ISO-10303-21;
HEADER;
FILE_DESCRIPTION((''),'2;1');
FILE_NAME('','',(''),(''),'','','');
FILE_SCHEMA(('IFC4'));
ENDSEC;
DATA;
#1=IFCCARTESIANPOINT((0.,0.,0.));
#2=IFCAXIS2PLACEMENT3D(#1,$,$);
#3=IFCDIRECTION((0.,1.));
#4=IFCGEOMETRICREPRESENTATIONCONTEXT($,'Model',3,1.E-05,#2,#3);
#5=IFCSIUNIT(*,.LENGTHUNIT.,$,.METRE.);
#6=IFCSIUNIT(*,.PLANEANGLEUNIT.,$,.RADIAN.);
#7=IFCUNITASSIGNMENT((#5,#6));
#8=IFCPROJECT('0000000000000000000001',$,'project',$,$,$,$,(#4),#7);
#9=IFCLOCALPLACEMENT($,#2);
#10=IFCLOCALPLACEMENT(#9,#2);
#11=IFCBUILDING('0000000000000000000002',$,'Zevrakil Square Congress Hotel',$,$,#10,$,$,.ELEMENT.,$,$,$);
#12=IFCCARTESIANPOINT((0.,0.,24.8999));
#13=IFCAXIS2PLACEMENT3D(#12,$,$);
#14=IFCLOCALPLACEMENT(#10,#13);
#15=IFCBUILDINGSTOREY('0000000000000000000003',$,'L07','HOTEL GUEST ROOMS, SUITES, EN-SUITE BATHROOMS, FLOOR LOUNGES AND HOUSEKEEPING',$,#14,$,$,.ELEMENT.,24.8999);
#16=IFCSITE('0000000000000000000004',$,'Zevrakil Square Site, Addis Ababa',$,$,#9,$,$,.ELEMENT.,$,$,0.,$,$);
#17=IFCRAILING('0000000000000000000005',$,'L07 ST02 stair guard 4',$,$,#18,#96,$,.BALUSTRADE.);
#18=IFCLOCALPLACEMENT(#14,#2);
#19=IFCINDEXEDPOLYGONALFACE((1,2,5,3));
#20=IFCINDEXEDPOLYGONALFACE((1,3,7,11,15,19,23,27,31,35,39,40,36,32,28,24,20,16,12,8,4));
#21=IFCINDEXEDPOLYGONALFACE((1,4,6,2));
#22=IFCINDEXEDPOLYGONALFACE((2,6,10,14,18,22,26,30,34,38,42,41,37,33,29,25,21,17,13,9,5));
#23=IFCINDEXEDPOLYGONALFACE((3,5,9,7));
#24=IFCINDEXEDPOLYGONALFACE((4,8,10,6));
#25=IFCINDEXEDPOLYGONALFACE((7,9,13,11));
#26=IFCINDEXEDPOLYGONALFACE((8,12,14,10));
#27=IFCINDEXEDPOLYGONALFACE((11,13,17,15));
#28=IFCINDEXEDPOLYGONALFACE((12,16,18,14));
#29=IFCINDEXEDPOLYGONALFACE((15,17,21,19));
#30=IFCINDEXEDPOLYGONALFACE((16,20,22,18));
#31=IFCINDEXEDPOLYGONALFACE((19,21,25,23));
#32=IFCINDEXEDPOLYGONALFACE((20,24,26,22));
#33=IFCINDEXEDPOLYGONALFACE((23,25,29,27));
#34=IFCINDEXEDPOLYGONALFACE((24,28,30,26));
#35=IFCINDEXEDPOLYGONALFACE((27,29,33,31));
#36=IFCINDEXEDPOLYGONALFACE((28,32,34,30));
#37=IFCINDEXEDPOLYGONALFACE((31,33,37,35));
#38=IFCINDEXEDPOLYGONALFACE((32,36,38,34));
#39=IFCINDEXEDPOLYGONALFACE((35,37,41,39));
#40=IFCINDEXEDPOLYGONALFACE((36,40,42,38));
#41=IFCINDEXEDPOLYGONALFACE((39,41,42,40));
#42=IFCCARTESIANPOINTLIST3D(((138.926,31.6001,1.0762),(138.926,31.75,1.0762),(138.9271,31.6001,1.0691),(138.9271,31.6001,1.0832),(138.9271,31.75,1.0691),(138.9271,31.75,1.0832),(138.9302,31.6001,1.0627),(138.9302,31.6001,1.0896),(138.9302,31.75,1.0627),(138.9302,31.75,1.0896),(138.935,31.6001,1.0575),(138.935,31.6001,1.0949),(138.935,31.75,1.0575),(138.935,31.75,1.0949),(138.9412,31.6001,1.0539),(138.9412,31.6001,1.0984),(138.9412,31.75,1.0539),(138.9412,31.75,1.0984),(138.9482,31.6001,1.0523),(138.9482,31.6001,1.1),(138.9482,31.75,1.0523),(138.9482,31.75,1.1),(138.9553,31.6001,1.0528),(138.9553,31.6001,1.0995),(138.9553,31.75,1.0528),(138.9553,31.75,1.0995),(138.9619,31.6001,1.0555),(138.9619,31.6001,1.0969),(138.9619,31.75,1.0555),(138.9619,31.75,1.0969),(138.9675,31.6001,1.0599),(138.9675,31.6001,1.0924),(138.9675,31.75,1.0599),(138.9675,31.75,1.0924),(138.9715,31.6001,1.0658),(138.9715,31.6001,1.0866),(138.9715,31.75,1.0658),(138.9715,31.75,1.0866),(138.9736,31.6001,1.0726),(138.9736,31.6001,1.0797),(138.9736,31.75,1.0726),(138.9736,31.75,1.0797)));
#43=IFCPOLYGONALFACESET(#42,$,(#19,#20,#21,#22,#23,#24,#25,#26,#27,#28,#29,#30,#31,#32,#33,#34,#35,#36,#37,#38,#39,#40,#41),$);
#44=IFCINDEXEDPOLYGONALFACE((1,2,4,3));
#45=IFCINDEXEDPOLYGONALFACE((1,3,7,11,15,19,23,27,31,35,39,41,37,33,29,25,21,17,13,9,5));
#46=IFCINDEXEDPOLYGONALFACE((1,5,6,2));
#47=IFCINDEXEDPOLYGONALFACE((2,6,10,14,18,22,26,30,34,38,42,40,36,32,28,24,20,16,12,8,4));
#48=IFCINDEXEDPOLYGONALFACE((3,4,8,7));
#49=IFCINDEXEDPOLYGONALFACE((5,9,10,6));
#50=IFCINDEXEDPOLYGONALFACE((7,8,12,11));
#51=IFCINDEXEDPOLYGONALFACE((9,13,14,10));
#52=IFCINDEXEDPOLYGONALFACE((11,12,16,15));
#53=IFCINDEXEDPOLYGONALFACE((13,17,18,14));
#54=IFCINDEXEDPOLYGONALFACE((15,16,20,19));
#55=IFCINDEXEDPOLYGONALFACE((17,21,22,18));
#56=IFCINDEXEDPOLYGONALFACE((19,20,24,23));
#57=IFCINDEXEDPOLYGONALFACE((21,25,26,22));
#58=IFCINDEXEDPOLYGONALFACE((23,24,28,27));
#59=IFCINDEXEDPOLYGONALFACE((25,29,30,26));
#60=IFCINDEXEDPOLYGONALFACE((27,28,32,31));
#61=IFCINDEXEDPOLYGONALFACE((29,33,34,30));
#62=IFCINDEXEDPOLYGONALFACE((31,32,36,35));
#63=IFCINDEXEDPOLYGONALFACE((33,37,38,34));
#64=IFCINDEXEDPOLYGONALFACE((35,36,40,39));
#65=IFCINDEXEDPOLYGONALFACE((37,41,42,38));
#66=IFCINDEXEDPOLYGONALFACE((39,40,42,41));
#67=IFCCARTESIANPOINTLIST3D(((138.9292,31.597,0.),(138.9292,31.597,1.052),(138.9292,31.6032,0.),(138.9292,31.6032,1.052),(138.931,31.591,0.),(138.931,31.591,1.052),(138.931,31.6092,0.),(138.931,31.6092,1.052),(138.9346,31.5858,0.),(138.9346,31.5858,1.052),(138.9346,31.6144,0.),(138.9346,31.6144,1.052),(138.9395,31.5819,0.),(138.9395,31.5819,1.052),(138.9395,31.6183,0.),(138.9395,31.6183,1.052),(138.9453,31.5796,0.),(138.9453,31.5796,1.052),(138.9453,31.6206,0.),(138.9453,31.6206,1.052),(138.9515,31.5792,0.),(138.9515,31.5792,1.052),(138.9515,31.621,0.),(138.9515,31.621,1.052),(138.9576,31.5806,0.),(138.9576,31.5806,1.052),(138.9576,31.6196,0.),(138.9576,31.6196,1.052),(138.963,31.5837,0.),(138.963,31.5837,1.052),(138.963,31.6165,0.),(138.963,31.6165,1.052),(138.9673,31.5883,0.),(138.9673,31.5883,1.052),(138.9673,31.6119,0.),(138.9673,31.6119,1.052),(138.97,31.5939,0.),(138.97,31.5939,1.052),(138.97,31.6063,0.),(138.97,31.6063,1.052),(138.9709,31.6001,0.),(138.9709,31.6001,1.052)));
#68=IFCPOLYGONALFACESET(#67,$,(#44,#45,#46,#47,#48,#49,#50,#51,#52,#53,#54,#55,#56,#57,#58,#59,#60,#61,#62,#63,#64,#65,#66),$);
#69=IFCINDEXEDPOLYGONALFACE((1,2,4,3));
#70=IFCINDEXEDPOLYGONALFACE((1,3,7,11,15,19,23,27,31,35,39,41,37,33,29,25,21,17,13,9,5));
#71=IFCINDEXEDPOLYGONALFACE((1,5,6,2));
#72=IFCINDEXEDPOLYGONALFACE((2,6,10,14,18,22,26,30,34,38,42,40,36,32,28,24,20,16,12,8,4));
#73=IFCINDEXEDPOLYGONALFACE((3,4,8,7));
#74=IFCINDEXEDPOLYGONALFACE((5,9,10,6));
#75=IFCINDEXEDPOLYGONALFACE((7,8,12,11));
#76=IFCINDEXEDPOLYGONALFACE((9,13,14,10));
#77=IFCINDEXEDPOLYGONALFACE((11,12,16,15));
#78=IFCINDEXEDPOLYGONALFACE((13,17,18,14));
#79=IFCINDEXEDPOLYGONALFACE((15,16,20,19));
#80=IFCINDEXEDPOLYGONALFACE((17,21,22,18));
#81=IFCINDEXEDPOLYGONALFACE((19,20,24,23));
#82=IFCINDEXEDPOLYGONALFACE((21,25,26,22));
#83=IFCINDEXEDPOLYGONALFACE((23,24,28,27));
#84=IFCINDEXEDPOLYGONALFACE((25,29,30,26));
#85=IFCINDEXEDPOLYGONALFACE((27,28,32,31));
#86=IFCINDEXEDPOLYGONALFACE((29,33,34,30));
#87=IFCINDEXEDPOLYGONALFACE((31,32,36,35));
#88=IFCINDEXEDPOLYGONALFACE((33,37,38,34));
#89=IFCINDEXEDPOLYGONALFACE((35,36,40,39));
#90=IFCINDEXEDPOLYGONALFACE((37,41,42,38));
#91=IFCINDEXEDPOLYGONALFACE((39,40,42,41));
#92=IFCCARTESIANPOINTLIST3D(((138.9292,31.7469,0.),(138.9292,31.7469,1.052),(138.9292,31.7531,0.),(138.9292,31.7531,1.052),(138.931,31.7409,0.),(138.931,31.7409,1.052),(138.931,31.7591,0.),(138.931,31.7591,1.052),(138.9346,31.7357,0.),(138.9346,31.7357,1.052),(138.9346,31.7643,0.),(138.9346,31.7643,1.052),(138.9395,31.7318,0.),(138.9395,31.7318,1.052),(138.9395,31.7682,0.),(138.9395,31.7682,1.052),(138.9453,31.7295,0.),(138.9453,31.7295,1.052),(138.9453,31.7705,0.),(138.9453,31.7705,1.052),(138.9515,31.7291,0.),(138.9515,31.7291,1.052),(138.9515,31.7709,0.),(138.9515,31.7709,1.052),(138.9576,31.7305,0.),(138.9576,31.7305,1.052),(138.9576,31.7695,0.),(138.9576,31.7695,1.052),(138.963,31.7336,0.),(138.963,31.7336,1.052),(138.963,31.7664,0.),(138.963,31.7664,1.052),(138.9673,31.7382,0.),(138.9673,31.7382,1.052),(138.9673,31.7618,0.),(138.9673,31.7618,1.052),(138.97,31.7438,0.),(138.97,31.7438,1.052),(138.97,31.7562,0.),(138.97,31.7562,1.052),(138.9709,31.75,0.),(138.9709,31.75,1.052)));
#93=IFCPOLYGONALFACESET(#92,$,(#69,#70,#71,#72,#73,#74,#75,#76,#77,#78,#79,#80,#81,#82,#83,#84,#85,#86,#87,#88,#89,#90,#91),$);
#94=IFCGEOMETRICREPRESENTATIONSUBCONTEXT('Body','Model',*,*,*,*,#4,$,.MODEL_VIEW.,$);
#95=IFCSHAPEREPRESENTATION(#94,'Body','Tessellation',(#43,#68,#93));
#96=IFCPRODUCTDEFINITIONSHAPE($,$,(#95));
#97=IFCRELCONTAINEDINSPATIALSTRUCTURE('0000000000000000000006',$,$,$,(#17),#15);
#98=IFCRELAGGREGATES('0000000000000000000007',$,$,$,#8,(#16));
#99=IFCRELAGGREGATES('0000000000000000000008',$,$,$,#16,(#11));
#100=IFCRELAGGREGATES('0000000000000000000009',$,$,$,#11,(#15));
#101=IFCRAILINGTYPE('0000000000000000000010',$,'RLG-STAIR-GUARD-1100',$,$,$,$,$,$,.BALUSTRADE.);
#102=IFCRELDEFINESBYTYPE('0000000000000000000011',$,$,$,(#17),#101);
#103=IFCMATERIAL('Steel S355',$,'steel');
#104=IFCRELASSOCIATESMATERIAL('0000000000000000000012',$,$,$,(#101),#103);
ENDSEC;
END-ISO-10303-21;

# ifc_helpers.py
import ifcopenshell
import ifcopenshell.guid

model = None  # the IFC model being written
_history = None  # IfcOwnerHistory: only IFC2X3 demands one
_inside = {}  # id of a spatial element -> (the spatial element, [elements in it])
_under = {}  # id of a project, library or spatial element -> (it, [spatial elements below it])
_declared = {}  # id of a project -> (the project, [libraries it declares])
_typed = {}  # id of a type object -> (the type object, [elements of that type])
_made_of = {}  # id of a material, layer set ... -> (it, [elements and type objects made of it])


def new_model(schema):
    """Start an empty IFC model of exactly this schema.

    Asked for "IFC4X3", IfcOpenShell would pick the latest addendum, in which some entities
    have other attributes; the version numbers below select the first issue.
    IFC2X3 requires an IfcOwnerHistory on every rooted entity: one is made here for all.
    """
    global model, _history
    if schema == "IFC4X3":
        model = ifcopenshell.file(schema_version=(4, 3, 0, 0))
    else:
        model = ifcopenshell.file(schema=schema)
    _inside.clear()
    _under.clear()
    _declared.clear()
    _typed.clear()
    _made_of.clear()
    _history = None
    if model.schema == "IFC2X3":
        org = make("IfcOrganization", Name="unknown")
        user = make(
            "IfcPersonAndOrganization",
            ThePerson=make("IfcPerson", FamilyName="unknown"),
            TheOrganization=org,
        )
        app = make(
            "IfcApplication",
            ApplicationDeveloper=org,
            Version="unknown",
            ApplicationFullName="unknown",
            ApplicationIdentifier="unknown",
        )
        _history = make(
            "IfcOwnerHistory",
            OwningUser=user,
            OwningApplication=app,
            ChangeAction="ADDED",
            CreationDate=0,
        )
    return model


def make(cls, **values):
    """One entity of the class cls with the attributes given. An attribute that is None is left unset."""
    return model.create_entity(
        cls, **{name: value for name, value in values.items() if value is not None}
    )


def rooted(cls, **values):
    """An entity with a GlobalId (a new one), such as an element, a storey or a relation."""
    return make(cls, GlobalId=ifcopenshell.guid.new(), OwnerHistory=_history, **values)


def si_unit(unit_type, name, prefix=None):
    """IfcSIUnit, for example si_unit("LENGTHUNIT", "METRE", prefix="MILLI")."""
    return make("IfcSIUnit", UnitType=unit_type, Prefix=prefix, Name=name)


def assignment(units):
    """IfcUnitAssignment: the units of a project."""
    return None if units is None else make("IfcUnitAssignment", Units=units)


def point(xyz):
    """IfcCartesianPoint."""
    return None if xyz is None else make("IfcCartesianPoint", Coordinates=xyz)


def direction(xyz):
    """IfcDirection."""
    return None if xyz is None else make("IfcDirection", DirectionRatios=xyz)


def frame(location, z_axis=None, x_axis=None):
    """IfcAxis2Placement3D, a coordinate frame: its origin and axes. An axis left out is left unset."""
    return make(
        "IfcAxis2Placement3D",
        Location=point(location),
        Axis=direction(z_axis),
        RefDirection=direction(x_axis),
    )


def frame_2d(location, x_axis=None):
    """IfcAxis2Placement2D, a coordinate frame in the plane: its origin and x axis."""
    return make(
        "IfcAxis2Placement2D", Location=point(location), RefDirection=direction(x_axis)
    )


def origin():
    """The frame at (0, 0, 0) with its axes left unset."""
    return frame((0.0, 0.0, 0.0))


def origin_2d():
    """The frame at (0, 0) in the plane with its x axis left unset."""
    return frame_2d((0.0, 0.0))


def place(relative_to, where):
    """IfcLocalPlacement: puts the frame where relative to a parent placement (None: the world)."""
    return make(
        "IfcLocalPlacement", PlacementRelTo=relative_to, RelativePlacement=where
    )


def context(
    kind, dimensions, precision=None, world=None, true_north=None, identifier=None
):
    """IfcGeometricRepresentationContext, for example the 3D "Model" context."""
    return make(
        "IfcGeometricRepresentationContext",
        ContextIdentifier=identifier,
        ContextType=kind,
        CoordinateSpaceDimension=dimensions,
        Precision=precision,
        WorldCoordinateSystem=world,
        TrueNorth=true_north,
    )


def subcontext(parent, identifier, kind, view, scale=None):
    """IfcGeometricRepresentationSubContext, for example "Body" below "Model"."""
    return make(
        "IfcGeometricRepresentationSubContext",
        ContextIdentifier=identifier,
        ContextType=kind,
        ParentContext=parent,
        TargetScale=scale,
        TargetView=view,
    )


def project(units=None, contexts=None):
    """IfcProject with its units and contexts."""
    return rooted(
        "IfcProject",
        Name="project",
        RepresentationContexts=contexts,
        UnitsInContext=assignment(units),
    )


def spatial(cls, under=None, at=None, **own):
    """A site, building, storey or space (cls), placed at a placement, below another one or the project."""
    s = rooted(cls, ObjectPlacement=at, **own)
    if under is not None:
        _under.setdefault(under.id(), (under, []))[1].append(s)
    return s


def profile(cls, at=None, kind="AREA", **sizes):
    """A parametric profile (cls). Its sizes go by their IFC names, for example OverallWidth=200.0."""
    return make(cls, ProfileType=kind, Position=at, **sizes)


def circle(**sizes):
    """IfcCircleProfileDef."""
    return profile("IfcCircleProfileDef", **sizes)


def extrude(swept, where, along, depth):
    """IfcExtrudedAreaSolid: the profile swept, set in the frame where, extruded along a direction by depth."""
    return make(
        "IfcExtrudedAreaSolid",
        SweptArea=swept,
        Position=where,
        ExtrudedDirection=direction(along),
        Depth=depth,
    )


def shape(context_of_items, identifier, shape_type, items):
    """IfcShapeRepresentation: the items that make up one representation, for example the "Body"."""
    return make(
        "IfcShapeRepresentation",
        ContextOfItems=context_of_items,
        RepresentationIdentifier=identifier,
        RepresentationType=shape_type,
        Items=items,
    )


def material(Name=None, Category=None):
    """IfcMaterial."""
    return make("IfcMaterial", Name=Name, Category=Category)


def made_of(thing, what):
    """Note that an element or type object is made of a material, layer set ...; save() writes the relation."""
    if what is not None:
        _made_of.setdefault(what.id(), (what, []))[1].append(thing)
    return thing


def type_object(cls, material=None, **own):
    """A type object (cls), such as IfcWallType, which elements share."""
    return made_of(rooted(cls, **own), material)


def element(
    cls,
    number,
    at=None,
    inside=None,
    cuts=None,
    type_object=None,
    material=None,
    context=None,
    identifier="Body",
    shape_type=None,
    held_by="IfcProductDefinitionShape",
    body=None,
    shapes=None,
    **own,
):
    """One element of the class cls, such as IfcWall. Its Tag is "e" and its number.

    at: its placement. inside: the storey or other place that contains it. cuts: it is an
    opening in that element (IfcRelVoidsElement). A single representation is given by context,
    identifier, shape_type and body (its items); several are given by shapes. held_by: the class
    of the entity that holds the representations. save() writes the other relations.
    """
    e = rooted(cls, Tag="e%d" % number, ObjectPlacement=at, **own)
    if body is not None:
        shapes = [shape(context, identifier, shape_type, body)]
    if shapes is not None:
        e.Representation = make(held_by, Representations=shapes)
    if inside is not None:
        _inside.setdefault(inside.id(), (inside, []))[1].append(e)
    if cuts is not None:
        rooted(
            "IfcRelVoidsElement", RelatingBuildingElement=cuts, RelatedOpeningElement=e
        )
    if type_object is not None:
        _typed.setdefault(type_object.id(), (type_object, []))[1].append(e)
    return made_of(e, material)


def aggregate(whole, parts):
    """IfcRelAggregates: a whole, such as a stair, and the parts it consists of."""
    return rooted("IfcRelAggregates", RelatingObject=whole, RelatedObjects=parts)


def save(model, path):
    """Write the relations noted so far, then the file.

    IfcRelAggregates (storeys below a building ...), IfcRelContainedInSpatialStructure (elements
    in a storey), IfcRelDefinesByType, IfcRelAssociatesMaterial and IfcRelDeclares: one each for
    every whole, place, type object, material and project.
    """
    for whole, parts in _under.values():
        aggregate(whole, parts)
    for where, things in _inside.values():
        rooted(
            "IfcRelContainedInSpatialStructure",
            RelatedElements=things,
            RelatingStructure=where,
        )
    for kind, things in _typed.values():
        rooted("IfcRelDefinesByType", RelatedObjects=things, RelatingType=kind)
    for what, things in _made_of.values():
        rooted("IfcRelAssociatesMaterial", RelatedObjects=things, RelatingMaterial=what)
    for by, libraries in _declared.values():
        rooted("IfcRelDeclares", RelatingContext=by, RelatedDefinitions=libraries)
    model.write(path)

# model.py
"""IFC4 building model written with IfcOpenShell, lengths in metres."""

from ifc_helpers import new_model, si_unit, direction, frame, origin, origin_2d, place, context, subcontext, project, spatial, circle, extrude, material, type_object, element, save


model = new_model("IFC4")

# Units and contexts
model_context = context("Model", 3, precision=1e-05, world=origin(), true_north=direction((0.0, 1.0)))
body_context = subcontext(model_context, "Body", "Model", "MODEL_VIEW")
ifc_project = project(units=[si_unit("LENGTHUNIT", "METRE"), si_unit("PLANEANGLEUNIT", "RADIAN")], contexts=[model_context])

# Site, building, storey
site_placement = place(None, origin())
site = spatial("IfcSite", under=ifc_project, at=site_placement, Name="Zevrakil Square Site, Addis Ababa", CompositionType="ELEMENT", RefElevation=0.0)
building_placement = place(site_placement, origin())
building = spatial("IfcBuilding", under=site, at=building_placement, Name="Zevrakil Square Congress Hotel", CompositionType="ELEMENT")
storey_placement = place(building_placement, frame((0.0, 0.0, 24.8999)))
storey = spatial("IfcBuildingStorey", under=building, at=storey_placement, Name="L07", Description="HOTEL GUEST ROOMS, SUITES, EN-SUITE BATHROOMS, FLOOR LOUNGES AND HOUSEKEEPING", CompositionType="ELEMENT", Elevation=24.8999)

# Railing
ifc_material_1 = material(Name="Steel S355", Category="steel")
railing_type_1 = type_object("IfcRailingType", Name="RLG-STAIR-GUARD-1100", PredefinedType="BALUSTRADE", material=ifc_material_1)
railing_1_placement = place(storey_placement, frame((138.95, 31.6001, 0.0)))
element("IfcRailing", 1, at=railing_1_placement, inside=storey, type_object=railing_type_1, Name="L07 ST02 stair guard 4", PredefinedType="BALUSTRADE", context=body_context, shape_type="SweptSolid", body=[
    extrude(circle(Radius=0.0239, at=origin_2d()), frame((0.0, 0.0, 1.0762), z_axis=(0.0, 1.0, 0.0), x_axis=(-1.0, 0.0, 0.0)), (0.0, 0.0, 1.0), 0.1499),
    extrude(circle(Radius=0.021, at=origin_2d()), origin(), (0.0, 0.0, 1.0), 1.052),
    extrude(circle(Radius=0.021, at=origin_2d()), frame((0.0, 0.1499, 0.0)), (0.0, 0.0, 1.0), 1.052),
])

save(model, "model.ifc")
